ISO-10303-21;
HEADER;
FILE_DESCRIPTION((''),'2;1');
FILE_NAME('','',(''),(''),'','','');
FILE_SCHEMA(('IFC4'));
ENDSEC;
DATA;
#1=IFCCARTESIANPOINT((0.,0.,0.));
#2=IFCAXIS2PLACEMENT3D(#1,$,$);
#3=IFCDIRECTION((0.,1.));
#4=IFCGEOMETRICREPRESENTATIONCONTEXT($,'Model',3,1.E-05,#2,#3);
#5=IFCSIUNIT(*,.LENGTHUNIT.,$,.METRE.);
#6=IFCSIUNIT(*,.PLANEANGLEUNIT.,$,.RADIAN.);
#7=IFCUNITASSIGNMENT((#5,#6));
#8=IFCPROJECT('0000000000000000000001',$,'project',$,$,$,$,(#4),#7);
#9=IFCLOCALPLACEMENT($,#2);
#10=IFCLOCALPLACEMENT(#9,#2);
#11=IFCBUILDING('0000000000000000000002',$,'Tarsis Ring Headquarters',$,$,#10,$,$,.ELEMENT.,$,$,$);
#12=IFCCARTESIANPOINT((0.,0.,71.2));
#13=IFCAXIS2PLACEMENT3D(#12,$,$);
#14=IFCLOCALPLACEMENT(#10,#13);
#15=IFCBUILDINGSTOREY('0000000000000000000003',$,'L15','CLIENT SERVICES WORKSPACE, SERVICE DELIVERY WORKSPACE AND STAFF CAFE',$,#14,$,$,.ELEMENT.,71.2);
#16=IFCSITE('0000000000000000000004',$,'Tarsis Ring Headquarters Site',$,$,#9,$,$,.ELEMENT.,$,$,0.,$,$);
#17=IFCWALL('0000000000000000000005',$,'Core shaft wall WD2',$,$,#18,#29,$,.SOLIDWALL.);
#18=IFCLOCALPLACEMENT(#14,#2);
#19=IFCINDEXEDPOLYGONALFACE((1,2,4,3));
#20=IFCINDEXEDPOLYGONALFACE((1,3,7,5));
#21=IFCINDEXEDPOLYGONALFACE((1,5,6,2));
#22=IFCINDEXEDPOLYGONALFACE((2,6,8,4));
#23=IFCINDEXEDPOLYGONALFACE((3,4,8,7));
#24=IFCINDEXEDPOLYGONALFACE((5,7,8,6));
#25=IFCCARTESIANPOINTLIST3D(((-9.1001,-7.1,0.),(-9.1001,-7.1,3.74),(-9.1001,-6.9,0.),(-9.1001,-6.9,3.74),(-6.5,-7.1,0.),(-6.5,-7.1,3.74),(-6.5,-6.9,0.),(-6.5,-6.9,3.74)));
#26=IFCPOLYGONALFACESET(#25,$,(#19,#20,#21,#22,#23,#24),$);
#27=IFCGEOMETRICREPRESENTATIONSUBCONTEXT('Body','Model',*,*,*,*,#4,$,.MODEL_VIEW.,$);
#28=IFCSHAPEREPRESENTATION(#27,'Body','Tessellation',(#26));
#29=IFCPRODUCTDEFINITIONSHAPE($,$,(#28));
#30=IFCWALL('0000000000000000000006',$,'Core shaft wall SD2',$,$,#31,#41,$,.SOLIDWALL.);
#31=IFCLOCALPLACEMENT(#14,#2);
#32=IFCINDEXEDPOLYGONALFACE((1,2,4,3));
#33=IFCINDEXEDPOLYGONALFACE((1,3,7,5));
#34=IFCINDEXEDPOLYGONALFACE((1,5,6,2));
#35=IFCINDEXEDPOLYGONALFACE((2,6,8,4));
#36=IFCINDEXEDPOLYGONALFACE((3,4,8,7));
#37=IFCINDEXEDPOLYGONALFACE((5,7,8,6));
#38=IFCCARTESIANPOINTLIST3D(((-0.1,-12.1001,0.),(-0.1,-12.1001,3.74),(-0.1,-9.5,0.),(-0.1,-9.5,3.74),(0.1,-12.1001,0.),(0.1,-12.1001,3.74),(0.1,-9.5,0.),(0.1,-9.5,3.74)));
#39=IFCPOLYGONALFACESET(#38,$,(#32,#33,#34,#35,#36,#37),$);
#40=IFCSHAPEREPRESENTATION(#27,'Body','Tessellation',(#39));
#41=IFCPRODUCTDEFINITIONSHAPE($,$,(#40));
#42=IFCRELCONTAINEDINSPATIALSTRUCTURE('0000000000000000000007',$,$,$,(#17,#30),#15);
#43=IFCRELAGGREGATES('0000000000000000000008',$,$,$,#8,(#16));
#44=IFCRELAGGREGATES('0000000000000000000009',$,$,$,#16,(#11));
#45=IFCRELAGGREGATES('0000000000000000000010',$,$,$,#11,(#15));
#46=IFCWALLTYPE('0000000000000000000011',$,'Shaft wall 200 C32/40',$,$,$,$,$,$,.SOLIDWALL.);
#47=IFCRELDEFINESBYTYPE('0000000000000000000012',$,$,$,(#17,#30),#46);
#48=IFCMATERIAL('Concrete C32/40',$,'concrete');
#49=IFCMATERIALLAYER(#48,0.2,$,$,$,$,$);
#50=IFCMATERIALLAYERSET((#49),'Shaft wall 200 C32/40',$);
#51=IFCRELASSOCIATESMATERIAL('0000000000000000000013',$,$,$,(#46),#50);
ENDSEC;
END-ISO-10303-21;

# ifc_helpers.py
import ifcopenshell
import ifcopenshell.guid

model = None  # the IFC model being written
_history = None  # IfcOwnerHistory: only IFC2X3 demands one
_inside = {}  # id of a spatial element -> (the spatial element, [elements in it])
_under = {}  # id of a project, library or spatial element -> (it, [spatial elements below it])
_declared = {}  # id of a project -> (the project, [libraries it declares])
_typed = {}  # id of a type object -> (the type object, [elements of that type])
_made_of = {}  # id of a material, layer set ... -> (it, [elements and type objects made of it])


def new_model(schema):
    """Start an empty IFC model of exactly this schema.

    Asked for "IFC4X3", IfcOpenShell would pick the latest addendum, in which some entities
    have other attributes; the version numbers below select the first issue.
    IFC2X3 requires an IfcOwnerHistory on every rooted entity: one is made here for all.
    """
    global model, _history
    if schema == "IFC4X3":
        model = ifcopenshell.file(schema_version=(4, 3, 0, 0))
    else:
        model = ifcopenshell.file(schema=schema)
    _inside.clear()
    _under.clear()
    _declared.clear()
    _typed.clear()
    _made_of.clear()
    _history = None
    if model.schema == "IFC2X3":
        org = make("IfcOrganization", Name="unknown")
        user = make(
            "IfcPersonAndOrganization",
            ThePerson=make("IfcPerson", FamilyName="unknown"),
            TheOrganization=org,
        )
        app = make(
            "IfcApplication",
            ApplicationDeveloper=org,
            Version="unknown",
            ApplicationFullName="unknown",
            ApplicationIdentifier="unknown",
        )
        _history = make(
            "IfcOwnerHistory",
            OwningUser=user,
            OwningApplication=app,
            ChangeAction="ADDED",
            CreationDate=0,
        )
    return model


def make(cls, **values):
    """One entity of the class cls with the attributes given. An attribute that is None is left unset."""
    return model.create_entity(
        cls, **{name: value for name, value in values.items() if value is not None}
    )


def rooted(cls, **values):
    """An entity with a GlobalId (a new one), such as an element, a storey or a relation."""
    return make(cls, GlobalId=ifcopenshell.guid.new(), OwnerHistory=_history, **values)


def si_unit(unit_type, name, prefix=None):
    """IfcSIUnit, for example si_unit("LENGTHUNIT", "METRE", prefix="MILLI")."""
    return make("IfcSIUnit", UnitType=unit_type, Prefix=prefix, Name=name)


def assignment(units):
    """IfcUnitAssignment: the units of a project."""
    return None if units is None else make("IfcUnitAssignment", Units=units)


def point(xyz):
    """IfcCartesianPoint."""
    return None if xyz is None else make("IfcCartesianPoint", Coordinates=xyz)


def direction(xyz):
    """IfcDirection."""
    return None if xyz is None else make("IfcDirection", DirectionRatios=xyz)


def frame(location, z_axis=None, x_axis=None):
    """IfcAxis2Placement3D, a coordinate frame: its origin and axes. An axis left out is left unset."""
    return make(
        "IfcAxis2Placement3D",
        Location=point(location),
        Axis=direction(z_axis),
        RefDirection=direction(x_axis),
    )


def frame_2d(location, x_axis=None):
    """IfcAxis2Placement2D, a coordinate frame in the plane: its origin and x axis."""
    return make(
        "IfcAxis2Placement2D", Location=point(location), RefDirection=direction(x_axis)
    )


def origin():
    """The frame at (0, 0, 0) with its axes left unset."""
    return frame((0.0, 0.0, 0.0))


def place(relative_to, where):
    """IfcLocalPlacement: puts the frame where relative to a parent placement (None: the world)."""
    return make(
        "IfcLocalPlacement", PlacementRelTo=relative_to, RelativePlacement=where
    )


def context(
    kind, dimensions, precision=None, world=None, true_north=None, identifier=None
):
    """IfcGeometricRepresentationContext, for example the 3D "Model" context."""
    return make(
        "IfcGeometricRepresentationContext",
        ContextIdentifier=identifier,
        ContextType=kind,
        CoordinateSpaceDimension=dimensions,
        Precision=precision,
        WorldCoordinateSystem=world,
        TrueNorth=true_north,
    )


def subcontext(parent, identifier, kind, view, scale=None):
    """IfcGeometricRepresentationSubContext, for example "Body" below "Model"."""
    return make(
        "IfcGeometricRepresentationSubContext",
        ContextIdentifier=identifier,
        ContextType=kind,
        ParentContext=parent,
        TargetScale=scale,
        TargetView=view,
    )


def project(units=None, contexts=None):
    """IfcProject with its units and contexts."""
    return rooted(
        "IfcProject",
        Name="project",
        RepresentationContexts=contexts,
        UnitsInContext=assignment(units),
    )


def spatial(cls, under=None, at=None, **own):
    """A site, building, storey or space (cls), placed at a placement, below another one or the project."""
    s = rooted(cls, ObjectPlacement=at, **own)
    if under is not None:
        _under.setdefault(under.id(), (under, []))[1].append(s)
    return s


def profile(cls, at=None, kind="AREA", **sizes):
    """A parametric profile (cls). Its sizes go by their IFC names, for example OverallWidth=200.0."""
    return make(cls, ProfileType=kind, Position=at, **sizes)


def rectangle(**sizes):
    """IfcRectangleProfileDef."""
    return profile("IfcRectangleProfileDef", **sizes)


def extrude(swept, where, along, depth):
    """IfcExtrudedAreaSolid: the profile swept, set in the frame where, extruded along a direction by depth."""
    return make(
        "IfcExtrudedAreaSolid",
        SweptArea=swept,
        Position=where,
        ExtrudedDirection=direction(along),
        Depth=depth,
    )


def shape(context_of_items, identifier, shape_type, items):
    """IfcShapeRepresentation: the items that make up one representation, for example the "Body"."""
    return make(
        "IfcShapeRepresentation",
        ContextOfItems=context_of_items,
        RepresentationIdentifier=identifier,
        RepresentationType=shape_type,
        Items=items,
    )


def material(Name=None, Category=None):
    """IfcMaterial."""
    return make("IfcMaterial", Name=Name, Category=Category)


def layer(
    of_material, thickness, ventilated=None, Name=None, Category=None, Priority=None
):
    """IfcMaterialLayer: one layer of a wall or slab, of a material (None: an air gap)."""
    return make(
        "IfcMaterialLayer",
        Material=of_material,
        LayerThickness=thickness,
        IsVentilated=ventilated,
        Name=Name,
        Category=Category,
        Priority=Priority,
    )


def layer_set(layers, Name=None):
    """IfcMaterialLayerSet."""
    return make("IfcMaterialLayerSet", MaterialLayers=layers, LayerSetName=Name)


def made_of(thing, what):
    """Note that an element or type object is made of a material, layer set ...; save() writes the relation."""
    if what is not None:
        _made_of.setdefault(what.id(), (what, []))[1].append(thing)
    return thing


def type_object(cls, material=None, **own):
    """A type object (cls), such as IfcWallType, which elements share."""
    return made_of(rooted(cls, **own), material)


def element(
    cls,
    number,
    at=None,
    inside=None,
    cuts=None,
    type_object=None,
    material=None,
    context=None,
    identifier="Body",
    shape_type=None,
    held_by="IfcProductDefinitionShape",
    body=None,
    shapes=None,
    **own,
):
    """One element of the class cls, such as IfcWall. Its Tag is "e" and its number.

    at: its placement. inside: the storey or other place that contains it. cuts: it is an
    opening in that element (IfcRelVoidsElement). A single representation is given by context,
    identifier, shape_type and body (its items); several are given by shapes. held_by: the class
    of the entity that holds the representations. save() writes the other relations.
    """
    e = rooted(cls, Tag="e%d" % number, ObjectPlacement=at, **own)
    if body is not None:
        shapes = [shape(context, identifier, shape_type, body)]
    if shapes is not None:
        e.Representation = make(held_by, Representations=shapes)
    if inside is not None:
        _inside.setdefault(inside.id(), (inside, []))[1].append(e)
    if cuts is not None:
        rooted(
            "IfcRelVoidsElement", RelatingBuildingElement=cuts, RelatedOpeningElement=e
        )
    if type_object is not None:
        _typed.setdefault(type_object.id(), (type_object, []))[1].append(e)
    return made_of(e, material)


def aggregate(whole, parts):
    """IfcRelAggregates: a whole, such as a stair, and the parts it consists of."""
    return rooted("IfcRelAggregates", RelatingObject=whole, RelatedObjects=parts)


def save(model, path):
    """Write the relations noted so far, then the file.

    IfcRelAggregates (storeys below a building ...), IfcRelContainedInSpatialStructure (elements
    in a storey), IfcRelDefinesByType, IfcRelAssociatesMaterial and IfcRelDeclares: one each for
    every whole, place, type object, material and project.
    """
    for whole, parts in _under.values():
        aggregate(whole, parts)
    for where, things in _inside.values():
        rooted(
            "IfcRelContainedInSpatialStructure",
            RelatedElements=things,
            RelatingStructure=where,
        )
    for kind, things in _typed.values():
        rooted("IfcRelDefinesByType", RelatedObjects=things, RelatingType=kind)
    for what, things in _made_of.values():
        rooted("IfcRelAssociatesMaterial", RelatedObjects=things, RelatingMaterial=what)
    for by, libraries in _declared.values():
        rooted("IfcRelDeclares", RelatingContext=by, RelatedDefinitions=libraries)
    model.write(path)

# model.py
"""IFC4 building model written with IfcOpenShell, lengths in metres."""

from ifc_helpers import new_model, si_unit, direction, frame, frame_2d, origin, place, context, subcontext, project, spatial, rectangle, extrude, material, layer, layer_set, type_object, element, save


model = new_model("IFC4")

# Units and contexts
model_context = context("Model", 3, precision=1e-05, world=origin(), true_north=direction((0.0, 1.0)))
body_context = subcontext(model_context, "Body", "Model", "MODEL_VIEW")
ifc_project = project(units=[si_unit("LENGTHUNIT", "METRE"), si_unit("PLANEANGLEUNIT", "RADIAN")], contexts=[model_context])

# Site, building, storey
site_placement = place(None, origin())
site = spatial("IfcSite", under=ifc_project, at=site_placement, Name="Tarsis Ring Headquarters Site", CompositionType="ELEMENT", RefElevation=0.0)
building_placement = place(site_placement, origin())
building = spatial("IfcBuilding", under=site, at=building_placement, Name="Tarsis Ring Headquarters", CompositionType="ELEMENT")
storey_placement = place(building_placement, frame((0.0, 0.0, 71.2)))
storey = spatial("IfcBuildingStorey", under=building, at=storey_placement, Name="L15", Description="CLIENT SERVICES WORKSPACE, SERVICE DELIVERY WORKSPACE AND STAFF CAFE", CompositionType="ELEMENT", Elevation=71.2)

# Shared definitions
ifc_material_1 = material(Name="Concrete C32/40", Category="concrete")

# Shared definitions
ifc_layer_1 = layer(ifc_material_1, 0.2)
ifc_layer_set_1 = layer_set([ifc_layer_1], Name="Shaft wall 200 C32/40")
wall_type_1 = type_object("IfcWallType", Name="Shaft wall 200 C32/40", PredefinedType="SOLIDWALL", material=ifc_layer_set_1)

# Walls
for number, where, z_axis, x_axis, name in (
    (1, (-9.1001, -7.0, 0.0), (0.0, 0.0, 1.0), (1.0, 0.0, 0.0), "Core shaft wall WD2"),
    (2, (0.0, -12.1001, 0.0), (0.0, 0.0, 1.0), (0.0, 1.0, 0.0), "Core shaft wall SD2"),
):
    element("IfcWall", number, at=place(storey_placement, frame(where, z_axis=z_axis, x_axis=x_axis)), inside=storey, type_object=wall_type_1, Name=name, PredefinedType="SOLIDWALL", context=body_context, shape_type="SweptSolid", body=[
        extrude(rectangle(XDim=2.6001, YDim=0.2, at=frame_2d((1.3, 0.0))), origin(), (0.0, 0.0, 1.0), 3.74),
    ])

save(model, "model.ifc")
